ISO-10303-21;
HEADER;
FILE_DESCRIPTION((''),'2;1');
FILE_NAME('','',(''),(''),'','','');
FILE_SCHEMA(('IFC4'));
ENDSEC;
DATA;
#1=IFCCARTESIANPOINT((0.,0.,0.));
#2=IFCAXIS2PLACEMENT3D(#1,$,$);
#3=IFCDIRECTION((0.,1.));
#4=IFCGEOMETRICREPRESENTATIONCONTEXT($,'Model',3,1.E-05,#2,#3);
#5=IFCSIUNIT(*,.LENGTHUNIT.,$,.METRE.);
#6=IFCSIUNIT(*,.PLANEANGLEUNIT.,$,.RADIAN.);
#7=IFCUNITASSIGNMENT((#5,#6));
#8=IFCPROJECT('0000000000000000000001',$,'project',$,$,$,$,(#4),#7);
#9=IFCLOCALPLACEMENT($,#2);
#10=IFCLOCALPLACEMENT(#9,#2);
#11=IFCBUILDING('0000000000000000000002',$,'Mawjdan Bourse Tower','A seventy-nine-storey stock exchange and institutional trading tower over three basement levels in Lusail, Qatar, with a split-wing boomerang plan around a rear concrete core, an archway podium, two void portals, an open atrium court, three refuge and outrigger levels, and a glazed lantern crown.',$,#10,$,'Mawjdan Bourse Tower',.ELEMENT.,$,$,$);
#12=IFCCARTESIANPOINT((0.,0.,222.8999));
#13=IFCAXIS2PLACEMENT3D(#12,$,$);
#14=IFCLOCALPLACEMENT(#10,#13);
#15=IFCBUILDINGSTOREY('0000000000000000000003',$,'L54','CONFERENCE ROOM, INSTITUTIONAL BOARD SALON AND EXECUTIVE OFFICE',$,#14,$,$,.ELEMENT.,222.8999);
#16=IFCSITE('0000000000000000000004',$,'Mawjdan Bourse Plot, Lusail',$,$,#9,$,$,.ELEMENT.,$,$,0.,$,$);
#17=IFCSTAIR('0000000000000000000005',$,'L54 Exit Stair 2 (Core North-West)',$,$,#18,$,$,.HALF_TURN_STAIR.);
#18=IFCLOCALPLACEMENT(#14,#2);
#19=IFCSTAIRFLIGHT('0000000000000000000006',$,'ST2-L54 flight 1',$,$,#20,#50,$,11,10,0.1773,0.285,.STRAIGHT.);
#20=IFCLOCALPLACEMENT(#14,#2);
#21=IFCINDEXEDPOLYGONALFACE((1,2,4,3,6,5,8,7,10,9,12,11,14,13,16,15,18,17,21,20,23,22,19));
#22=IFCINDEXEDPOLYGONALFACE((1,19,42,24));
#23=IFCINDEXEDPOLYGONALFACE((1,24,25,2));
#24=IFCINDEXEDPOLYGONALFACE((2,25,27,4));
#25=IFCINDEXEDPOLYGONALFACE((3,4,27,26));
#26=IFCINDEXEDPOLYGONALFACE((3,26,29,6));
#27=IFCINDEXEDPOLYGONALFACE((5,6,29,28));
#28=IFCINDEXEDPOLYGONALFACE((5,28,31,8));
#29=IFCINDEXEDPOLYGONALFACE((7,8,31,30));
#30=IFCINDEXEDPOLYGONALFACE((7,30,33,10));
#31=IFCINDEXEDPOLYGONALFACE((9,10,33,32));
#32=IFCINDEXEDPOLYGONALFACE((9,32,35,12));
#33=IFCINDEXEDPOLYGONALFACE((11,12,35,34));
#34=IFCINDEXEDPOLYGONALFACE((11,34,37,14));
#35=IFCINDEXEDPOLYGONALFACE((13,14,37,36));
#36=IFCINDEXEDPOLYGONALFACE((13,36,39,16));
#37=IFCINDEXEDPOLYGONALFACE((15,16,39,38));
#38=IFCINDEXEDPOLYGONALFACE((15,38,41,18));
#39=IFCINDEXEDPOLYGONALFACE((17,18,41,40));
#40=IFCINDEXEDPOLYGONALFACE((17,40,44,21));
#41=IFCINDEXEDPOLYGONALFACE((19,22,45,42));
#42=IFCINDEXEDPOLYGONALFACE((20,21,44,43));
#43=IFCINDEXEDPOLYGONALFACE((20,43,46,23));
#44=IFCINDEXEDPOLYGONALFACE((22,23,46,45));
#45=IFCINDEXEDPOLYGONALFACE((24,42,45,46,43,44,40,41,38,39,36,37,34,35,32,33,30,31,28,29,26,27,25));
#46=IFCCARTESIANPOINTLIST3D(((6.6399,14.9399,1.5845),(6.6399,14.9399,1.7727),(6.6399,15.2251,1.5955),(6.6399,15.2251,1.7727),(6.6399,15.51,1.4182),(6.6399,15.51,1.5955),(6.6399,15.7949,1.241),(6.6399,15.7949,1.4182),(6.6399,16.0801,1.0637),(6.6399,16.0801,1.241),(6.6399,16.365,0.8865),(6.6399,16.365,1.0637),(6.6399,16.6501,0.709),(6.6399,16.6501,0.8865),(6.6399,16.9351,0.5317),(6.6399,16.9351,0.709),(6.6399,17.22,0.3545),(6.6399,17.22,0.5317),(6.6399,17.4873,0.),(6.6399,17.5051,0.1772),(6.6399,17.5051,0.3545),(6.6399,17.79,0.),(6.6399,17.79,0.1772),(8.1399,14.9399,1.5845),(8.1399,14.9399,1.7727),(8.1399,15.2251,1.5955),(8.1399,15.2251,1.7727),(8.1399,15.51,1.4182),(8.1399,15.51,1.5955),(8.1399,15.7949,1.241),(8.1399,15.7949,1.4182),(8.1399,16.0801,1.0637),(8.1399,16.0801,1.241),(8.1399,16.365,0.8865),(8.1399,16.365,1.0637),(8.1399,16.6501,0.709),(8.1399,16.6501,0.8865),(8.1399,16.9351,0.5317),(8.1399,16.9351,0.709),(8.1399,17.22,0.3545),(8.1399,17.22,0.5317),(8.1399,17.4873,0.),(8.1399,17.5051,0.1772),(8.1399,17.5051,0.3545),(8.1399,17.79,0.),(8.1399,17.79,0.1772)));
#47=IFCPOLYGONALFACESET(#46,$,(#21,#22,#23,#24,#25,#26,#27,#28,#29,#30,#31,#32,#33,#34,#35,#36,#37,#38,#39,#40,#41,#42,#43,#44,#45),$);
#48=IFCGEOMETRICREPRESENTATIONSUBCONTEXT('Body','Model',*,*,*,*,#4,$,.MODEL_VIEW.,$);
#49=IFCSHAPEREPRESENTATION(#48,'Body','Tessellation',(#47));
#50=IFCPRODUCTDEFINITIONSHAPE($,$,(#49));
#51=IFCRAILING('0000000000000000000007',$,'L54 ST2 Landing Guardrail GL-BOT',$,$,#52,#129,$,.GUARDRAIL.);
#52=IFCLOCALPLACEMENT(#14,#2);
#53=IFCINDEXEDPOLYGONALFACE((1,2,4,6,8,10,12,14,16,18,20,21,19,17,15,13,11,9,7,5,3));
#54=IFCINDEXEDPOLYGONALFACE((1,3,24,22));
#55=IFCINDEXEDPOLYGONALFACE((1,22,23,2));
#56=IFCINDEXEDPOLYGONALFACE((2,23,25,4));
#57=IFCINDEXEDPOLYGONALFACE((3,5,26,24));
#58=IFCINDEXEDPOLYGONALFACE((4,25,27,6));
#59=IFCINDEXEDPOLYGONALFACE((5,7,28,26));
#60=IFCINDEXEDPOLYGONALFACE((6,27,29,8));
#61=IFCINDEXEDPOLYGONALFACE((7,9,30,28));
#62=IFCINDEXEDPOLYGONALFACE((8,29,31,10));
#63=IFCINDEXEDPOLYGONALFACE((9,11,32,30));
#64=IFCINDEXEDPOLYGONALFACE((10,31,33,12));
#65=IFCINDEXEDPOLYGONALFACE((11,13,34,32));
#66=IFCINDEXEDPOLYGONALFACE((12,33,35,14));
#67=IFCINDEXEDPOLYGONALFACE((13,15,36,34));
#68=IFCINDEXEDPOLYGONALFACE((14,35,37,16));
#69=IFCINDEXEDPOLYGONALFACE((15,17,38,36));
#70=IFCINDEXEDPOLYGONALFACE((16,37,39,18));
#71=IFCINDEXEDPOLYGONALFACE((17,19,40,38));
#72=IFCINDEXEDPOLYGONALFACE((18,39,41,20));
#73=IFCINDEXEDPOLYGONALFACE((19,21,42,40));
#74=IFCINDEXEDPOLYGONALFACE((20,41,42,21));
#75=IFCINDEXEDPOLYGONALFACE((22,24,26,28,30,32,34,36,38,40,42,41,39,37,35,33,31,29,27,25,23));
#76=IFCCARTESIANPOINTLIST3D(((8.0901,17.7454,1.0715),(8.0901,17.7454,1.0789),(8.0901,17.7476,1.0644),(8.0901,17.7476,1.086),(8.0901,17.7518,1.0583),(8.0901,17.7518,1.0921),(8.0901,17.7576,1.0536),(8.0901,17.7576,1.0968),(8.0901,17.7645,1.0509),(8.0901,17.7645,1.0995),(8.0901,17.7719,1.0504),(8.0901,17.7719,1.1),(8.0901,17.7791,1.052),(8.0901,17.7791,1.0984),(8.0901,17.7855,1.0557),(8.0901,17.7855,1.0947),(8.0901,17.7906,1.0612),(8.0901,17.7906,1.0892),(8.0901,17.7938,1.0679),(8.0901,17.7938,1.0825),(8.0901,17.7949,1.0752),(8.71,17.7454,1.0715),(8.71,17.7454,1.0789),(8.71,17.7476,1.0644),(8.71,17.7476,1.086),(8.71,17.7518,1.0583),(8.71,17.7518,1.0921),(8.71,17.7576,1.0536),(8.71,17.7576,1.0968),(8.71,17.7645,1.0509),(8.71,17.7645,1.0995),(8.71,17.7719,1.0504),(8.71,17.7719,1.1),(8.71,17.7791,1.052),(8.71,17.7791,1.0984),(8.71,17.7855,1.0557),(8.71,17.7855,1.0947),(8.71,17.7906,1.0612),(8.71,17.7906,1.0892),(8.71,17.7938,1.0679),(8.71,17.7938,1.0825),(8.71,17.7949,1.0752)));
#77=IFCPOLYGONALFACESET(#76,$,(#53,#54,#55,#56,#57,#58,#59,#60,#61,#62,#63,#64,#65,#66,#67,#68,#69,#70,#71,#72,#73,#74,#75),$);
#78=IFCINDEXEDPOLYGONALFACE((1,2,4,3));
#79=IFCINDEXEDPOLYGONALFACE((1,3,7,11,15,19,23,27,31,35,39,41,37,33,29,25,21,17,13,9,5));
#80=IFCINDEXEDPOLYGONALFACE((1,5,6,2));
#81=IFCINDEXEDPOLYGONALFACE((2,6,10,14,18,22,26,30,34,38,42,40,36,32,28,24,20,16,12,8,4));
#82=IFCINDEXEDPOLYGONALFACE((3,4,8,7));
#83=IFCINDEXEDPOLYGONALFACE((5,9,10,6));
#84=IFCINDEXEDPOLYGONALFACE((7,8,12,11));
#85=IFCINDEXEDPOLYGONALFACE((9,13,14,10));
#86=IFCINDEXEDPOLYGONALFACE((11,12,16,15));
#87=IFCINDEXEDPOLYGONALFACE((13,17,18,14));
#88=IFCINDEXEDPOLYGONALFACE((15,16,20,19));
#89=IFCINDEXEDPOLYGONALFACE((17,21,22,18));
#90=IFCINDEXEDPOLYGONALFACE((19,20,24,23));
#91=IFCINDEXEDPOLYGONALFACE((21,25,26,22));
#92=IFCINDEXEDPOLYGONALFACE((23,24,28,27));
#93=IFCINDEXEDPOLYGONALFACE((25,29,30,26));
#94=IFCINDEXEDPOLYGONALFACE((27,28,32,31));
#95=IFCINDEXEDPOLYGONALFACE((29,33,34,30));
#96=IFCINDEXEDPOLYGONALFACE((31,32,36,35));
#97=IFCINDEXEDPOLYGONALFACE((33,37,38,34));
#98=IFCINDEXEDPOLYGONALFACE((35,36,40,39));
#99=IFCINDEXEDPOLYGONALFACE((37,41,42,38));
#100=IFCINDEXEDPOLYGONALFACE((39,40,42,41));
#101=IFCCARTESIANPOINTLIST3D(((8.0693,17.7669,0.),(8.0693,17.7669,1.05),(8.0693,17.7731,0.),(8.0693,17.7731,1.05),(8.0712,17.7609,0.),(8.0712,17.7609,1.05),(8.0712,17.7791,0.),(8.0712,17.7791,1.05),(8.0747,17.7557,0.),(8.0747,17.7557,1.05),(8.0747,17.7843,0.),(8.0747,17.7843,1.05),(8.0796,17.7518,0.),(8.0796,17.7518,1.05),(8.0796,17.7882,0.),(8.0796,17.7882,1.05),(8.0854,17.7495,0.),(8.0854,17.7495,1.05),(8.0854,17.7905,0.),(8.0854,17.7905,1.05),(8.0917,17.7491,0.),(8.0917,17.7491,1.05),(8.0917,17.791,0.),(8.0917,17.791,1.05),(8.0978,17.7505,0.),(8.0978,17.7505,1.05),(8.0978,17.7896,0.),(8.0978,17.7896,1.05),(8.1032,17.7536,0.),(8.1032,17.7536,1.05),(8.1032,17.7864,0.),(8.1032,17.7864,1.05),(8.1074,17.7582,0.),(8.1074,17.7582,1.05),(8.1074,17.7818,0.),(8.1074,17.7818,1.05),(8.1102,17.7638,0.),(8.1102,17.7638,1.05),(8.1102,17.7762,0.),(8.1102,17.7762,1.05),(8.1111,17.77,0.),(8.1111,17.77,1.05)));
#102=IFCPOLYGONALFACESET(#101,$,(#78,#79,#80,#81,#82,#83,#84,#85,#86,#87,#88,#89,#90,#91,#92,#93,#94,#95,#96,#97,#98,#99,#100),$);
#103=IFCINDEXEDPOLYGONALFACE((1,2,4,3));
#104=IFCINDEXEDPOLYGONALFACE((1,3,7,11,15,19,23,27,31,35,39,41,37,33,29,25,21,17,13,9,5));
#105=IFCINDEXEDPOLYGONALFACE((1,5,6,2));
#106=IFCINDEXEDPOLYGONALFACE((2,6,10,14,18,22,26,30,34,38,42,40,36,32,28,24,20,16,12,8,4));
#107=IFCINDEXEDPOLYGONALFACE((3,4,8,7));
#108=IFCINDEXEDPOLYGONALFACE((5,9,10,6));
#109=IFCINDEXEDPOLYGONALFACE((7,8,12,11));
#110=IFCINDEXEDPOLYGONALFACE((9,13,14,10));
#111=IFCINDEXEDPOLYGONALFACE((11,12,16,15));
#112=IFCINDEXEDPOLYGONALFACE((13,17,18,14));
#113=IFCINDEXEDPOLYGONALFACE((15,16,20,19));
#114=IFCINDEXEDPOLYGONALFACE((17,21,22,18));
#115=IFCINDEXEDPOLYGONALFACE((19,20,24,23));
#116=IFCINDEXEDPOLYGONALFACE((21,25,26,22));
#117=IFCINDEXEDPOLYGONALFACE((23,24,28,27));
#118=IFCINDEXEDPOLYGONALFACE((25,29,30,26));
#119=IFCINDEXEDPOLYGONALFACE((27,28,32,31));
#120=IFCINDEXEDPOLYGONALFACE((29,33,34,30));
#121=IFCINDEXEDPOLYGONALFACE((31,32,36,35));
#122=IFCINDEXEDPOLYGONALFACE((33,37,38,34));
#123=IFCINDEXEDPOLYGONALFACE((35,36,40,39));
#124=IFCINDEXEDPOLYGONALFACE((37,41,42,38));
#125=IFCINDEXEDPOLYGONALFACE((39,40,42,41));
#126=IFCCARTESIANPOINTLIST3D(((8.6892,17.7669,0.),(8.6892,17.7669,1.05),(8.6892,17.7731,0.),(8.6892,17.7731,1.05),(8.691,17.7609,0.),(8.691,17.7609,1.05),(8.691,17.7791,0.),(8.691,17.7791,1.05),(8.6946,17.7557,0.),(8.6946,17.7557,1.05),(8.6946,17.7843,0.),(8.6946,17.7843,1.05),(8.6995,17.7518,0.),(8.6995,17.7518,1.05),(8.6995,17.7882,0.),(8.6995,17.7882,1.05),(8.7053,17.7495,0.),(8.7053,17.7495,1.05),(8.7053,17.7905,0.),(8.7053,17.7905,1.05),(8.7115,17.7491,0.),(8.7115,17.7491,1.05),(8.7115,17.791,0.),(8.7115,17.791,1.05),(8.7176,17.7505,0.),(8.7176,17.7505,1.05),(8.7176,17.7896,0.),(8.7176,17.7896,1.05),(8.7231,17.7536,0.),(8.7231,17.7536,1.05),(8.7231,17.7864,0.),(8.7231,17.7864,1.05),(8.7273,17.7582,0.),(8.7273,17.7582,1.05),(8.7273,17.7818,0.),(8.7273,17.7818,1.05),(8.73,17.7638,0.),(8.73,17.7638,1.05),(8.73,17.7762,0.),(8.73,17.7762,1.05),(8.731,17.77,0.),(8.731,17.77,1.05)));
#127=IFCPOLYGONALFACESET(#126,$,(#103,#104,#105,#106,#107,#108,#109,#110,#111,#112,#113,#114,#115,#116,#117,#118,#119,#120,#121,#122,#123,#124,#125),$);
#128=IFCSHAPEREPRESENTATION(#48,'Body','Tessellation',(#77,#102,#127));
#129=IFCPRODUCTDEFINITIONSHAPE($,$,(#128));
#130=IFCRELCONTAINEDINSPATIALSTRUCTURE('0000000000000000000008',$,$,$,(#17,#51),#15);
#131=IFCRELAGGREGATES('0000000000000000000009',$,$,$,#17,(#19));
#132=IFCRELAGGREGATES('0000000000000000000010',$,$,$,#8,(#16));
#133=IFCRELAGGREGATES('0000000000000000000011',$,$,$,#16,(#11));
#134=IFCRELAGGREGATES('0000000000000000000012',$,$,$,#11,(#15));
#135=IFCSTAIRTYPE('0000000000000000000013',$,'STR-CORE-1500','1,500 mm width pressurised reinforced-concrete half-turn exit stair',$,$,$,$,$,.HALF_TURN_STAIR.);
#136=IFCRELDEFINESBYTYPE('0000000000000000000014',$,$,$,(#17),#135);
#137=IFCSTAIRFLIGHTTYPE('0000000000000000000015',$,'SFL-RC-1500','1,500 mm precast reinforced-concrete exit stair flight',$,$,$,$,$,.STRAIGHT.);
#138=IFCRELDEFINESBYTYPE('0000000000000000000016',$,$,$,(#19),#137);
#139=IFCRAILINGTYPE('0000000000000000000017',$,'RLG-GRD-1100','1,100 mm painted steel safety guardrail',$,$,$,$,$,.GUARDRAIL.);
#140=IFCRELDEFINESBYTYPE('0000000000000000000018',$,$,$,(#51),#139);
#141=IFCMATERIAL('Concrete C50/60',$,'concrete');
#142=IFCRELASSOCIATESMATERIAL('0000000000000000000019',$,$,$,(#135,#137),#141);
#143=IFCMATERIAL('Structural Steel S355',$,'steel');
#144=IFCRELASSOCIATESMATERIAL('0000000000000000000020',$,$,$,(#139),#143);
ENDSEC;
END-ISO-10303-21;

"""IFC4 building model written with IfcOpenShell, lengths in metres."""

from ifc_helpers import new_model, si_unit, direction, frame, origin, origin_2d, place, context, subcontext, project, spatial, polyline, circle, outline, extrude, material, type_object, element, aggregate, save


model = new_model("IFC4")

# Units and contexts
model_context = context("Model", 3, precision=1e-05, world=origin(), true_north=direction((0.0, 1.0)))
body_context = subcontext(model_context, "Body", "Model", "MODEL_VIEW")
ifc_project = project(units=[si_unit("LENGTHUNIT", "METRE"), si_unit("PLANEANGLEUNIT", "RADIAN")], contexts=[model_context])

# Site, building, storey
site_placement = place(None, origin())
site = spatial("IfcSite", under=ifc_project, at=site_placement, Name="Mawjdan Bourse Plot, Lusail", CompositionType="ELEMENT", RefElevation=0.0)
building_placement = place(site_placement, origin())
building = spatial("IfcBuilding", under=site, at=building_placement, Name="Mawjdan Bourse Tower", Description="A seventy-nine-storey stock exchange and institutional trading tower over three basement levels in Lusail, Qatar, with a split-wing boomerang plan around a rear concrete core, an archway podium, two void portals, an open atrium court, three refuge and outrigger levels, and a glazed lantern crown.", LongName="Mawjdan Bourse Tower", CompositionType="ELEMENT")
storey_placement = place(building_placement, frame((0.0, 0.0, 222.8999)))
storey = spatial("IfcBuildingStorey", under=building, at=storey_placement, Name="L54", Description="CONFERENCE ROOM, INSTITUTIONAL BOARD SALON AND EXECUTIVE OFFICE", CompositionType="ELEMENT", Elevation=222.8999)

# Shared definitions
ifc_material_1 = material(Name="Structural Steel S355", Category="steel")

# Shared definitions
ifc_material_2 = material(Name="Concrete C50/60", Category="concrete")

# Stair, stair flight
stair_type = type_object("IfcStairType", Name="STR-CORE-1500", Description="1,500 mm width pressurised reinforced-concrete half-turn exit stair", PredefinedType="HALF_TURN_STAIR", material=ifc_material_2)
stair_placement = place(storey_placement, origin())
stair = element("IfcStair", 1, at=stair_placement, inside=storey, type_object=stair_type, Name="L54 Exit Stair 2 (Core North-West)", PredefinedType="HALF_TURN_STAIR")
stair_flight_type = type_object("IfcStairFlightType", Name="SFL-RC-1500", Description="1,500 mm precast reinforced-concrete exit stair flight", PredefinedType="STRAIGHT", material=ifc_material_2)
stair_flight_placement = place(storey_placement, frame((7.3899, 17.79, 0.0), z_axis=(0.0, 0.0, 1.0), x_axis=(0.0, -1.0, 0.0)))
stair_flight = element("IfcStairFlight", 2, at=stair_flight_placement, type_object=stair_flight_type, Name="ST2-L54 flight 1", NumberOfRisers=11, NumberOfTreads=10, PredefinedType="STRAIGHT", RiserHeight=0.1773, TreadLength=0.285, context=body_context, shape_type="SweptSolid", body=[
    extrude(outline(polyline([(0.0, 0.0), (0.0, 0.1772), (0.2849, 0.1772), (0.2849, 0.3545), (0.5701, 0.3545), (0.5701, 0.5317), (0.855, 0.5317), (0.855, 0.709), (1.1399, 0.709), (1.1399, 0.8865), (1.425, 0.8865), (1.425, 1.0637), (1.71, 1.0637), (1.71, 1.241), (1.9951, 1.241), (1.9951, 1.4182), (2.28, 1.4182), (2.28, 1.5955), (2.5649, 1.5955), (2.5649, 1.7727), (2.8501, 1.7727), (2.8501, 1.95), (2.8501, 1.5845), (0.3027, 0.0), (0.0, 0.0)])), frame((0.0, 0.75, 0.0), z_axis=(0.0, -1.0, 0.0), x_axis=(1.0, 0.0, 0.0)), (0.0, 0.0, 1.0), 1.5),
])
aggregate(stair, [stair_flight])

# Railing
railing_type_1 = type_object("IfcRailingType", Name="RLG-GRD-1100", Description="1,100 mm painted steel safety guardrail", PredefinedType="GUARDRAIL", material=ifc_material_1)
railing_1_placement = place(storey_placement, frame((8.0901, 17.77, 0.0)))
element("IfcRailing", 3, at=railing_1_placement, inside=storey, type_object=railing_type_1, Name="L54 ST2 Landing Guardrail GL-BOT", PredefinedType="GUARDRAIL", context=body_context, shape_type="SweptSolid", body=[
    extrude(circle(Radius=0.0249, at=origin_2d()), frame((0.0, 0.0, 1.0752), z_axis=(1.0, 0.0, 0.0), x_axis=(0.0, 1.0, 0.0)), (0.0, 0.0, 1.0), 0.6199),
    extrude(circle(Radius=0.021, at=origin_2d()), origin(), (0.0, 0.0, 1.0), 1.05),
    extrude(circle(Radius=0.021, at=origin_2d()), frame((0.6199, 0.0, 0.0)), (0.0, 0.0, 1.0), 1.05),
])

save(model, "model.ifc")
